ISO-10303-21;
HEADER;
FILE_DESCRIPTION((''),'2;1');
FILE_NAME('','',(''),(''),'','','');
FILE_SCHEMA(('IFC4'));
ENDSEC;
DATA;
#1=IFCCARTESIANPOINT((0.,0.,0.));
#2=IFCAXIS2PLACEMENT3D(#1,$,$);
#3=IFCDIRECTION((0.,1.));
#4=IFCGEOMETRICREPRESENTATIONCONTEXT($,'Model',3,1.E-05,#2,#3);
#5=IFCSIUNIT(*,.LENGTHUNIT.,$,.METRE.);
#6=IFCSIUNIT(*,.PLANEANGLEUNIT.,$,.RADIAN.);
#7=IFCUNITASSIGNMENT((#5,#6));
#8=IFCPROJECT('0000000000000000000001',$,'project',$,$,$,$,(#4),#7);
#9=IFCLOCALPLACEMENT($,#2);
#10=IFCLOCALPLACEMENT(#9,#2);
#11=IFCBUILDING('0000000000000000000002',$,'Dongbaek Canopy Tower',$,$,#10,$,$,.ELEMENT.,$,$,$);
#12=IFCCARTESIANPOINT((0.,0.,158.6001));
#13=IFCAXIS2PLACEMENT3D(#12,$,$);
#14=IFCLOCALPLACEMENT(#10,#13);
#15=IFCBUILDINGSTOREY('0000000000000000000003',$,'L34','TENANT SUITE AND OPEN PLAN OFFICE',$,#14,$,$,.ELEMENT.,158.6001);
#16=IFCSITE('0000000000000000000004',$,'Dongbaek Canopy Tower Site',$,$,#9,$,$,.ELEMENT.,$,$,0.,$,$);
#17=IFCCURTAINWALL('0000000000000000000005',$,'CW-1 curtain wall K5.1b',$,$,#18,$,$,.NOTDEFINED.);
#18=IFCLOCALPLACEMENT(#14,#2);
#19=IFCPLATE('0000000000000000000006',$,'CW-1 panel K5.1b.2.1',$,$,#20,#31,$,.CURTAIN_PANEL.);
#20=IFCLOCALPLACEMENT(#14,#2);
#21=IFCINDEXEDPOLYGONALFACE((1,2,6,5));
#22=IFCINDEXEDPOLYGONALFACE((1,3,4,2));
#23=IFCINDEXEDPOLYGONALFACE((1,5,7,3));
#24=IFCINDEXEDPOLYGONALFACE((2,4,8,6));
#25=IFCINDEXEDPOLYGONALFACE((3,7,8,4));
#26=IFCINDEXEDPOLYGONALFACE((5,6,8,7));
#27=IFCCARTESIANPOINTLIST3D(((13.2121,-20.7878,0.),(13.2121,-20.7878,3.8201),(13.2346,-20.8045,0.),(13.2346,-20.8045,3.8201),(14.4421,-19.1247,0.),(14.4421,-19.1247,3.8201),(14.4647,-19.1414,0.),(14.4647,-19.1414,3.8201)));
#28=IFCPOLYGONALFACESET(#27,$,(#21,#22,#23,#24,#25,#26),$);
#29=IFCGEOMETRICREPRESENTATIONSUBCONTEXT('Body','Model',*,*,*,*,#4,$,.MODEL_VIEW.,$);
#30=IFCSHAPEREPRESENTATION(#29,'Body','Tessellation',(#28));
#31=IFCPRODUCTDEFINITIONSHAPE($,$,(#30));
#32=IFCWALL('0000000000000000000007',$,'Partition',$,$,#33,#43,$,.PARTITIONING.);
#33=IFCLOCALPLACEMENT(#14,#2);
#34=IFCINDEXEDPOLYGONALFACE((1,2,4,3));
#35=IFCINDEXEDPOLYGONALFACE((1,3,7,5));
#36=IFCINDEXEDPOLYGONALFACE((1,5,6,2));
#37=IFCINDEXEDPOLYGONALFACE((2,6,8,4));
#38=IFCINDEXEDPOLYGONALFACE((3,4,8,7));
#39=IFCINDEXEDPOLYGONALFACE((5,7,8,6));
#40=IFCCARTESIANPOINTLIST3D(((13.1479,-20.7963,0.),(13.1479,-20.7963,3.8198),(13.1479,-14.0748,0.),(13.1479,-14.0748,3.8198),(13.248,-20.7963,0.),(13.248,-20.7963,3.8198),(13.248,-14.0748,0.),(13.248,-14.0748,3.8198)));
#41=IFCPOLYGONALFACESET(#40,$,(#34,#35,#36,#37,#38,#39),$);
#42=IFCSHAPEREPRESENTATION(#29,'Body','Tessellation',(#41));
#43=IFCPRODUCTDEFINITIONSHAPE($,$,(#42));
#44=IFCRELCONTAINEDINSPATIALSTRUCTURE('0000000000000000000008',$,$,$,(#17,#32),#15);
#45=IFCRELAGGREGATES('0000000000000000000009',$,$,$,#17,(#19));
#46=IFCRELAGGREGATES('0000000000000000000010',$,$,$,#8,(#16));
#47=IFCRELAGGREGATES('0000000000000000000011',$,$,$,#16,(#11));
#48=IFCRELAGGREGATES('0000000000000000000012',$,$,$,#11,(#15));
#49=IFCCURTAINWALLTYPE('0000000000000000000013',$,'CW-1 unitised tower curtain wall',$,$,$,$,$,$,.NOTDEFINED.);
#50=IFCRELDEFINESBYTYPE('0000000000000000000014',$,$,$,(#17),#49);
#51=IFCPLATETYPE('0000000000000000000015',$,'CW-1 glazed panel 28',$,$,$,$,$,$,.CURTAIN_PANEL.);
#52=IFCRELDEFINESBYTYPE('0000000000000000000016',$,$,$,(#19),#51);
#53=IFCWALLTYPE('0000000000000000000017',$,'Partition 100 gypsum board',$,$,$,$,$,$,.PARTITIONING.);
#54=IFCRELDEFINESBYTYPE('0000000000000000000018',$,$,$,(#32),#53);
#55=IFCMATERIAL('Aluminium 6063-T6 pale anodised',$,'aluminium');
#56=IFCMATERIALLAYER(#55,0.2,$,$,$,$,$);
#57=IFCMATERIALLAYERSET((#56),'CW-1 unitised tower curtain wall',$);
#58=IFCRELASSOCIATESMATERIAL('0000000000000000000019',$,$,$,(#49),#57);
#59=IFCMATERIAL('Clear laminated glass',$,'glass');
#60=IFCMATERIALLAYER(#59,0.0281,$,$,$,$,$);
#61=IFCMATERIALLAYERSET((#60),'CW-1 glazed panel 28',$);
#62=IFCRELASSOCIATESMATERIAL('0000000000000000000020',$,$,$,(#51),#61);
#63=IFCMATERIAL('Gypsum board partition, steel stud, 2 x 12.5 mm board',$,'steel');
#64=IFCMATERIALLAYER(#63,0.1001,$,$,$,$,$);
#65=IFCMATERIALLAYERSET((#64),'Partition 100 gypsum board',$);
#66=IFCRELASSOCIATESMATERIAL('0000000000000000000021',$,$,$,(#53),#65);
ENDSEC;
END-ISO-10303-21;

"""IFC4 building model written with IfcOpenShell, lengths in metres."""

from ifc_helpers import new_model, si_unit, direction, frame, frame_2d, origin, origin_2d, place, context, subcontext, project, spatial, rectangle, extrude, material, layer, layer_set, type_object, element, aggregate, save


model = new_model("IFC4")

# Units and contexts
model_context = context("Model", 3, precision=1e-05, world=origin(), true_north=direction((0.0, 1.0)))
body_context = subcontext(model_context, "Body", "Model", "MODEL_VIEW")
ifc_project = project(units=[si_unit("LENGTHUNIT", "METRE"), si_unit("PLANEANGLEUNIT", "RADIAN")], contexts=[model_context])

# Site, building, storey
site_placement = place(None, origin())
site = spatial("IfcSite", under=ifc_project, at=site_placement, Name="Dongbaek Canopy Tower Site", CompositionType="ELEMENT", RefElevation=0.0)
building_placement = place(site_placement, origin())
building = spatial("IfcBuilding", under=site, at=building_placement, Name="Dongbaek Canopy Tower", CompositionType="ELEMENT")
storey_placement = place(building_placement, frame((0.0, 0.0, 158.6001)))
storey = spatial("IfcBuildingStorey", under=building, at=storey_placement, Name="L34", Description="TENANT SUITE AND OPEN PLAN OFFICE", CompositionType="ELEMENT", Elevation=158.6001)

# Shared definitions
ifc_material_1 = material(Name="Aluminium 6063-T6 pale anodised", Category="aluminium")
ifc_layer_1 = layer(ifc_material_1, 0.2)
ifc_layer_set_1 = layer_set([ifc_layer_1], Name="CW-1 unitised tower curtain wall")
curtain_wall_type = type_object("IfcCurtainWallType", Name="CW-1 unitised tower curtain wall", PredefinedType="NOTDEFINED", material=ifc_layer_set_1)

# Curtain wall
curtain_wall_1_placement = place(storey_placement, origin())
curtain_wall_1 = element("IfcCurtainWall", 1, at=curtain_wall_1_placement, inside=storey, type_object=curtain_wall_type, Name="CW-1 curtain wall K5.1b", PredefinedType="NOTDEFINED")

# Plate
ifc_material_2 = material(Name="Clear laminated glass", Category="glass")
ifc_layer_2 = layer(ifc_material_2, 0.0281)
ifc_layer_set_2 = layer_set([ifc_layer_2], Name="CW-1 glazed panel 28")
plate_type = type_object("IfcPlateType", Name="CW-1 glazed panel 28", PredefinedType="CURTAIN_PANEL", material=ifc_layer_set_2)
plate_1_placement = place(storey_placement, frame((13.8384, -19.9646, 0.0), z_axis=(0.0, 0.0, 1.0), x_axis=(0.594631, 0.803999, 0.0)))
plate_1 = element("IfcPlate", 2, at=plate_1_placement, type_object=plate_type, Name="CW-1 panel K5.1b.2.1", PredefinedType="CURTAIN_PANEL", context=body_context, shape_type="SweptSolid", body=[
    extrude(rectangle(XDim=2.0686, YDim=0.0281, at=origin_2d()), origin(), (0.0, 0.0, 1.0), 3.8201),
])
aggregate(curtain_wall_1, [plate_1])

# Wall
ifc_material_3 = material(Name="Gypsum board partition, steel stud, 2 x 12.5 mm board", Category="steel")
ifc_layer_3 = layer(ifc_material_3, 0.1001)
ifc_layer_set_3 = layer_set([ifc_layer_3], Name="Partition 100 gypsum board")
wall_type_1 = type_object("IfcWallType", Name="Partition 100 gypsum board", PredefinedType="PARTITIONING", material=ifc_layer_set_3)
wall_1_placement = place(storey_placement, frame((13.198, -20.7964, 0.0), z_axis=(0.0, 0.0, 1.0), x_axis=(0.0, 1.0, 0.0)))
element("IfcWall", 3, at=wall_1_placement, inside=storey, type_object=wall_type_1, Name="Partition", PredefinedType="PARTITIONING", context=body_context, shape_type="SweptSolid", body=[
    extrude(rectangle(XDim=6.7214, YDim=0.1001, at=frame_2d((3.3608, 0.0))), origin(), (0.0, 0.0, 1.0), 3.8198),
])

save(model, "model.ifc")
